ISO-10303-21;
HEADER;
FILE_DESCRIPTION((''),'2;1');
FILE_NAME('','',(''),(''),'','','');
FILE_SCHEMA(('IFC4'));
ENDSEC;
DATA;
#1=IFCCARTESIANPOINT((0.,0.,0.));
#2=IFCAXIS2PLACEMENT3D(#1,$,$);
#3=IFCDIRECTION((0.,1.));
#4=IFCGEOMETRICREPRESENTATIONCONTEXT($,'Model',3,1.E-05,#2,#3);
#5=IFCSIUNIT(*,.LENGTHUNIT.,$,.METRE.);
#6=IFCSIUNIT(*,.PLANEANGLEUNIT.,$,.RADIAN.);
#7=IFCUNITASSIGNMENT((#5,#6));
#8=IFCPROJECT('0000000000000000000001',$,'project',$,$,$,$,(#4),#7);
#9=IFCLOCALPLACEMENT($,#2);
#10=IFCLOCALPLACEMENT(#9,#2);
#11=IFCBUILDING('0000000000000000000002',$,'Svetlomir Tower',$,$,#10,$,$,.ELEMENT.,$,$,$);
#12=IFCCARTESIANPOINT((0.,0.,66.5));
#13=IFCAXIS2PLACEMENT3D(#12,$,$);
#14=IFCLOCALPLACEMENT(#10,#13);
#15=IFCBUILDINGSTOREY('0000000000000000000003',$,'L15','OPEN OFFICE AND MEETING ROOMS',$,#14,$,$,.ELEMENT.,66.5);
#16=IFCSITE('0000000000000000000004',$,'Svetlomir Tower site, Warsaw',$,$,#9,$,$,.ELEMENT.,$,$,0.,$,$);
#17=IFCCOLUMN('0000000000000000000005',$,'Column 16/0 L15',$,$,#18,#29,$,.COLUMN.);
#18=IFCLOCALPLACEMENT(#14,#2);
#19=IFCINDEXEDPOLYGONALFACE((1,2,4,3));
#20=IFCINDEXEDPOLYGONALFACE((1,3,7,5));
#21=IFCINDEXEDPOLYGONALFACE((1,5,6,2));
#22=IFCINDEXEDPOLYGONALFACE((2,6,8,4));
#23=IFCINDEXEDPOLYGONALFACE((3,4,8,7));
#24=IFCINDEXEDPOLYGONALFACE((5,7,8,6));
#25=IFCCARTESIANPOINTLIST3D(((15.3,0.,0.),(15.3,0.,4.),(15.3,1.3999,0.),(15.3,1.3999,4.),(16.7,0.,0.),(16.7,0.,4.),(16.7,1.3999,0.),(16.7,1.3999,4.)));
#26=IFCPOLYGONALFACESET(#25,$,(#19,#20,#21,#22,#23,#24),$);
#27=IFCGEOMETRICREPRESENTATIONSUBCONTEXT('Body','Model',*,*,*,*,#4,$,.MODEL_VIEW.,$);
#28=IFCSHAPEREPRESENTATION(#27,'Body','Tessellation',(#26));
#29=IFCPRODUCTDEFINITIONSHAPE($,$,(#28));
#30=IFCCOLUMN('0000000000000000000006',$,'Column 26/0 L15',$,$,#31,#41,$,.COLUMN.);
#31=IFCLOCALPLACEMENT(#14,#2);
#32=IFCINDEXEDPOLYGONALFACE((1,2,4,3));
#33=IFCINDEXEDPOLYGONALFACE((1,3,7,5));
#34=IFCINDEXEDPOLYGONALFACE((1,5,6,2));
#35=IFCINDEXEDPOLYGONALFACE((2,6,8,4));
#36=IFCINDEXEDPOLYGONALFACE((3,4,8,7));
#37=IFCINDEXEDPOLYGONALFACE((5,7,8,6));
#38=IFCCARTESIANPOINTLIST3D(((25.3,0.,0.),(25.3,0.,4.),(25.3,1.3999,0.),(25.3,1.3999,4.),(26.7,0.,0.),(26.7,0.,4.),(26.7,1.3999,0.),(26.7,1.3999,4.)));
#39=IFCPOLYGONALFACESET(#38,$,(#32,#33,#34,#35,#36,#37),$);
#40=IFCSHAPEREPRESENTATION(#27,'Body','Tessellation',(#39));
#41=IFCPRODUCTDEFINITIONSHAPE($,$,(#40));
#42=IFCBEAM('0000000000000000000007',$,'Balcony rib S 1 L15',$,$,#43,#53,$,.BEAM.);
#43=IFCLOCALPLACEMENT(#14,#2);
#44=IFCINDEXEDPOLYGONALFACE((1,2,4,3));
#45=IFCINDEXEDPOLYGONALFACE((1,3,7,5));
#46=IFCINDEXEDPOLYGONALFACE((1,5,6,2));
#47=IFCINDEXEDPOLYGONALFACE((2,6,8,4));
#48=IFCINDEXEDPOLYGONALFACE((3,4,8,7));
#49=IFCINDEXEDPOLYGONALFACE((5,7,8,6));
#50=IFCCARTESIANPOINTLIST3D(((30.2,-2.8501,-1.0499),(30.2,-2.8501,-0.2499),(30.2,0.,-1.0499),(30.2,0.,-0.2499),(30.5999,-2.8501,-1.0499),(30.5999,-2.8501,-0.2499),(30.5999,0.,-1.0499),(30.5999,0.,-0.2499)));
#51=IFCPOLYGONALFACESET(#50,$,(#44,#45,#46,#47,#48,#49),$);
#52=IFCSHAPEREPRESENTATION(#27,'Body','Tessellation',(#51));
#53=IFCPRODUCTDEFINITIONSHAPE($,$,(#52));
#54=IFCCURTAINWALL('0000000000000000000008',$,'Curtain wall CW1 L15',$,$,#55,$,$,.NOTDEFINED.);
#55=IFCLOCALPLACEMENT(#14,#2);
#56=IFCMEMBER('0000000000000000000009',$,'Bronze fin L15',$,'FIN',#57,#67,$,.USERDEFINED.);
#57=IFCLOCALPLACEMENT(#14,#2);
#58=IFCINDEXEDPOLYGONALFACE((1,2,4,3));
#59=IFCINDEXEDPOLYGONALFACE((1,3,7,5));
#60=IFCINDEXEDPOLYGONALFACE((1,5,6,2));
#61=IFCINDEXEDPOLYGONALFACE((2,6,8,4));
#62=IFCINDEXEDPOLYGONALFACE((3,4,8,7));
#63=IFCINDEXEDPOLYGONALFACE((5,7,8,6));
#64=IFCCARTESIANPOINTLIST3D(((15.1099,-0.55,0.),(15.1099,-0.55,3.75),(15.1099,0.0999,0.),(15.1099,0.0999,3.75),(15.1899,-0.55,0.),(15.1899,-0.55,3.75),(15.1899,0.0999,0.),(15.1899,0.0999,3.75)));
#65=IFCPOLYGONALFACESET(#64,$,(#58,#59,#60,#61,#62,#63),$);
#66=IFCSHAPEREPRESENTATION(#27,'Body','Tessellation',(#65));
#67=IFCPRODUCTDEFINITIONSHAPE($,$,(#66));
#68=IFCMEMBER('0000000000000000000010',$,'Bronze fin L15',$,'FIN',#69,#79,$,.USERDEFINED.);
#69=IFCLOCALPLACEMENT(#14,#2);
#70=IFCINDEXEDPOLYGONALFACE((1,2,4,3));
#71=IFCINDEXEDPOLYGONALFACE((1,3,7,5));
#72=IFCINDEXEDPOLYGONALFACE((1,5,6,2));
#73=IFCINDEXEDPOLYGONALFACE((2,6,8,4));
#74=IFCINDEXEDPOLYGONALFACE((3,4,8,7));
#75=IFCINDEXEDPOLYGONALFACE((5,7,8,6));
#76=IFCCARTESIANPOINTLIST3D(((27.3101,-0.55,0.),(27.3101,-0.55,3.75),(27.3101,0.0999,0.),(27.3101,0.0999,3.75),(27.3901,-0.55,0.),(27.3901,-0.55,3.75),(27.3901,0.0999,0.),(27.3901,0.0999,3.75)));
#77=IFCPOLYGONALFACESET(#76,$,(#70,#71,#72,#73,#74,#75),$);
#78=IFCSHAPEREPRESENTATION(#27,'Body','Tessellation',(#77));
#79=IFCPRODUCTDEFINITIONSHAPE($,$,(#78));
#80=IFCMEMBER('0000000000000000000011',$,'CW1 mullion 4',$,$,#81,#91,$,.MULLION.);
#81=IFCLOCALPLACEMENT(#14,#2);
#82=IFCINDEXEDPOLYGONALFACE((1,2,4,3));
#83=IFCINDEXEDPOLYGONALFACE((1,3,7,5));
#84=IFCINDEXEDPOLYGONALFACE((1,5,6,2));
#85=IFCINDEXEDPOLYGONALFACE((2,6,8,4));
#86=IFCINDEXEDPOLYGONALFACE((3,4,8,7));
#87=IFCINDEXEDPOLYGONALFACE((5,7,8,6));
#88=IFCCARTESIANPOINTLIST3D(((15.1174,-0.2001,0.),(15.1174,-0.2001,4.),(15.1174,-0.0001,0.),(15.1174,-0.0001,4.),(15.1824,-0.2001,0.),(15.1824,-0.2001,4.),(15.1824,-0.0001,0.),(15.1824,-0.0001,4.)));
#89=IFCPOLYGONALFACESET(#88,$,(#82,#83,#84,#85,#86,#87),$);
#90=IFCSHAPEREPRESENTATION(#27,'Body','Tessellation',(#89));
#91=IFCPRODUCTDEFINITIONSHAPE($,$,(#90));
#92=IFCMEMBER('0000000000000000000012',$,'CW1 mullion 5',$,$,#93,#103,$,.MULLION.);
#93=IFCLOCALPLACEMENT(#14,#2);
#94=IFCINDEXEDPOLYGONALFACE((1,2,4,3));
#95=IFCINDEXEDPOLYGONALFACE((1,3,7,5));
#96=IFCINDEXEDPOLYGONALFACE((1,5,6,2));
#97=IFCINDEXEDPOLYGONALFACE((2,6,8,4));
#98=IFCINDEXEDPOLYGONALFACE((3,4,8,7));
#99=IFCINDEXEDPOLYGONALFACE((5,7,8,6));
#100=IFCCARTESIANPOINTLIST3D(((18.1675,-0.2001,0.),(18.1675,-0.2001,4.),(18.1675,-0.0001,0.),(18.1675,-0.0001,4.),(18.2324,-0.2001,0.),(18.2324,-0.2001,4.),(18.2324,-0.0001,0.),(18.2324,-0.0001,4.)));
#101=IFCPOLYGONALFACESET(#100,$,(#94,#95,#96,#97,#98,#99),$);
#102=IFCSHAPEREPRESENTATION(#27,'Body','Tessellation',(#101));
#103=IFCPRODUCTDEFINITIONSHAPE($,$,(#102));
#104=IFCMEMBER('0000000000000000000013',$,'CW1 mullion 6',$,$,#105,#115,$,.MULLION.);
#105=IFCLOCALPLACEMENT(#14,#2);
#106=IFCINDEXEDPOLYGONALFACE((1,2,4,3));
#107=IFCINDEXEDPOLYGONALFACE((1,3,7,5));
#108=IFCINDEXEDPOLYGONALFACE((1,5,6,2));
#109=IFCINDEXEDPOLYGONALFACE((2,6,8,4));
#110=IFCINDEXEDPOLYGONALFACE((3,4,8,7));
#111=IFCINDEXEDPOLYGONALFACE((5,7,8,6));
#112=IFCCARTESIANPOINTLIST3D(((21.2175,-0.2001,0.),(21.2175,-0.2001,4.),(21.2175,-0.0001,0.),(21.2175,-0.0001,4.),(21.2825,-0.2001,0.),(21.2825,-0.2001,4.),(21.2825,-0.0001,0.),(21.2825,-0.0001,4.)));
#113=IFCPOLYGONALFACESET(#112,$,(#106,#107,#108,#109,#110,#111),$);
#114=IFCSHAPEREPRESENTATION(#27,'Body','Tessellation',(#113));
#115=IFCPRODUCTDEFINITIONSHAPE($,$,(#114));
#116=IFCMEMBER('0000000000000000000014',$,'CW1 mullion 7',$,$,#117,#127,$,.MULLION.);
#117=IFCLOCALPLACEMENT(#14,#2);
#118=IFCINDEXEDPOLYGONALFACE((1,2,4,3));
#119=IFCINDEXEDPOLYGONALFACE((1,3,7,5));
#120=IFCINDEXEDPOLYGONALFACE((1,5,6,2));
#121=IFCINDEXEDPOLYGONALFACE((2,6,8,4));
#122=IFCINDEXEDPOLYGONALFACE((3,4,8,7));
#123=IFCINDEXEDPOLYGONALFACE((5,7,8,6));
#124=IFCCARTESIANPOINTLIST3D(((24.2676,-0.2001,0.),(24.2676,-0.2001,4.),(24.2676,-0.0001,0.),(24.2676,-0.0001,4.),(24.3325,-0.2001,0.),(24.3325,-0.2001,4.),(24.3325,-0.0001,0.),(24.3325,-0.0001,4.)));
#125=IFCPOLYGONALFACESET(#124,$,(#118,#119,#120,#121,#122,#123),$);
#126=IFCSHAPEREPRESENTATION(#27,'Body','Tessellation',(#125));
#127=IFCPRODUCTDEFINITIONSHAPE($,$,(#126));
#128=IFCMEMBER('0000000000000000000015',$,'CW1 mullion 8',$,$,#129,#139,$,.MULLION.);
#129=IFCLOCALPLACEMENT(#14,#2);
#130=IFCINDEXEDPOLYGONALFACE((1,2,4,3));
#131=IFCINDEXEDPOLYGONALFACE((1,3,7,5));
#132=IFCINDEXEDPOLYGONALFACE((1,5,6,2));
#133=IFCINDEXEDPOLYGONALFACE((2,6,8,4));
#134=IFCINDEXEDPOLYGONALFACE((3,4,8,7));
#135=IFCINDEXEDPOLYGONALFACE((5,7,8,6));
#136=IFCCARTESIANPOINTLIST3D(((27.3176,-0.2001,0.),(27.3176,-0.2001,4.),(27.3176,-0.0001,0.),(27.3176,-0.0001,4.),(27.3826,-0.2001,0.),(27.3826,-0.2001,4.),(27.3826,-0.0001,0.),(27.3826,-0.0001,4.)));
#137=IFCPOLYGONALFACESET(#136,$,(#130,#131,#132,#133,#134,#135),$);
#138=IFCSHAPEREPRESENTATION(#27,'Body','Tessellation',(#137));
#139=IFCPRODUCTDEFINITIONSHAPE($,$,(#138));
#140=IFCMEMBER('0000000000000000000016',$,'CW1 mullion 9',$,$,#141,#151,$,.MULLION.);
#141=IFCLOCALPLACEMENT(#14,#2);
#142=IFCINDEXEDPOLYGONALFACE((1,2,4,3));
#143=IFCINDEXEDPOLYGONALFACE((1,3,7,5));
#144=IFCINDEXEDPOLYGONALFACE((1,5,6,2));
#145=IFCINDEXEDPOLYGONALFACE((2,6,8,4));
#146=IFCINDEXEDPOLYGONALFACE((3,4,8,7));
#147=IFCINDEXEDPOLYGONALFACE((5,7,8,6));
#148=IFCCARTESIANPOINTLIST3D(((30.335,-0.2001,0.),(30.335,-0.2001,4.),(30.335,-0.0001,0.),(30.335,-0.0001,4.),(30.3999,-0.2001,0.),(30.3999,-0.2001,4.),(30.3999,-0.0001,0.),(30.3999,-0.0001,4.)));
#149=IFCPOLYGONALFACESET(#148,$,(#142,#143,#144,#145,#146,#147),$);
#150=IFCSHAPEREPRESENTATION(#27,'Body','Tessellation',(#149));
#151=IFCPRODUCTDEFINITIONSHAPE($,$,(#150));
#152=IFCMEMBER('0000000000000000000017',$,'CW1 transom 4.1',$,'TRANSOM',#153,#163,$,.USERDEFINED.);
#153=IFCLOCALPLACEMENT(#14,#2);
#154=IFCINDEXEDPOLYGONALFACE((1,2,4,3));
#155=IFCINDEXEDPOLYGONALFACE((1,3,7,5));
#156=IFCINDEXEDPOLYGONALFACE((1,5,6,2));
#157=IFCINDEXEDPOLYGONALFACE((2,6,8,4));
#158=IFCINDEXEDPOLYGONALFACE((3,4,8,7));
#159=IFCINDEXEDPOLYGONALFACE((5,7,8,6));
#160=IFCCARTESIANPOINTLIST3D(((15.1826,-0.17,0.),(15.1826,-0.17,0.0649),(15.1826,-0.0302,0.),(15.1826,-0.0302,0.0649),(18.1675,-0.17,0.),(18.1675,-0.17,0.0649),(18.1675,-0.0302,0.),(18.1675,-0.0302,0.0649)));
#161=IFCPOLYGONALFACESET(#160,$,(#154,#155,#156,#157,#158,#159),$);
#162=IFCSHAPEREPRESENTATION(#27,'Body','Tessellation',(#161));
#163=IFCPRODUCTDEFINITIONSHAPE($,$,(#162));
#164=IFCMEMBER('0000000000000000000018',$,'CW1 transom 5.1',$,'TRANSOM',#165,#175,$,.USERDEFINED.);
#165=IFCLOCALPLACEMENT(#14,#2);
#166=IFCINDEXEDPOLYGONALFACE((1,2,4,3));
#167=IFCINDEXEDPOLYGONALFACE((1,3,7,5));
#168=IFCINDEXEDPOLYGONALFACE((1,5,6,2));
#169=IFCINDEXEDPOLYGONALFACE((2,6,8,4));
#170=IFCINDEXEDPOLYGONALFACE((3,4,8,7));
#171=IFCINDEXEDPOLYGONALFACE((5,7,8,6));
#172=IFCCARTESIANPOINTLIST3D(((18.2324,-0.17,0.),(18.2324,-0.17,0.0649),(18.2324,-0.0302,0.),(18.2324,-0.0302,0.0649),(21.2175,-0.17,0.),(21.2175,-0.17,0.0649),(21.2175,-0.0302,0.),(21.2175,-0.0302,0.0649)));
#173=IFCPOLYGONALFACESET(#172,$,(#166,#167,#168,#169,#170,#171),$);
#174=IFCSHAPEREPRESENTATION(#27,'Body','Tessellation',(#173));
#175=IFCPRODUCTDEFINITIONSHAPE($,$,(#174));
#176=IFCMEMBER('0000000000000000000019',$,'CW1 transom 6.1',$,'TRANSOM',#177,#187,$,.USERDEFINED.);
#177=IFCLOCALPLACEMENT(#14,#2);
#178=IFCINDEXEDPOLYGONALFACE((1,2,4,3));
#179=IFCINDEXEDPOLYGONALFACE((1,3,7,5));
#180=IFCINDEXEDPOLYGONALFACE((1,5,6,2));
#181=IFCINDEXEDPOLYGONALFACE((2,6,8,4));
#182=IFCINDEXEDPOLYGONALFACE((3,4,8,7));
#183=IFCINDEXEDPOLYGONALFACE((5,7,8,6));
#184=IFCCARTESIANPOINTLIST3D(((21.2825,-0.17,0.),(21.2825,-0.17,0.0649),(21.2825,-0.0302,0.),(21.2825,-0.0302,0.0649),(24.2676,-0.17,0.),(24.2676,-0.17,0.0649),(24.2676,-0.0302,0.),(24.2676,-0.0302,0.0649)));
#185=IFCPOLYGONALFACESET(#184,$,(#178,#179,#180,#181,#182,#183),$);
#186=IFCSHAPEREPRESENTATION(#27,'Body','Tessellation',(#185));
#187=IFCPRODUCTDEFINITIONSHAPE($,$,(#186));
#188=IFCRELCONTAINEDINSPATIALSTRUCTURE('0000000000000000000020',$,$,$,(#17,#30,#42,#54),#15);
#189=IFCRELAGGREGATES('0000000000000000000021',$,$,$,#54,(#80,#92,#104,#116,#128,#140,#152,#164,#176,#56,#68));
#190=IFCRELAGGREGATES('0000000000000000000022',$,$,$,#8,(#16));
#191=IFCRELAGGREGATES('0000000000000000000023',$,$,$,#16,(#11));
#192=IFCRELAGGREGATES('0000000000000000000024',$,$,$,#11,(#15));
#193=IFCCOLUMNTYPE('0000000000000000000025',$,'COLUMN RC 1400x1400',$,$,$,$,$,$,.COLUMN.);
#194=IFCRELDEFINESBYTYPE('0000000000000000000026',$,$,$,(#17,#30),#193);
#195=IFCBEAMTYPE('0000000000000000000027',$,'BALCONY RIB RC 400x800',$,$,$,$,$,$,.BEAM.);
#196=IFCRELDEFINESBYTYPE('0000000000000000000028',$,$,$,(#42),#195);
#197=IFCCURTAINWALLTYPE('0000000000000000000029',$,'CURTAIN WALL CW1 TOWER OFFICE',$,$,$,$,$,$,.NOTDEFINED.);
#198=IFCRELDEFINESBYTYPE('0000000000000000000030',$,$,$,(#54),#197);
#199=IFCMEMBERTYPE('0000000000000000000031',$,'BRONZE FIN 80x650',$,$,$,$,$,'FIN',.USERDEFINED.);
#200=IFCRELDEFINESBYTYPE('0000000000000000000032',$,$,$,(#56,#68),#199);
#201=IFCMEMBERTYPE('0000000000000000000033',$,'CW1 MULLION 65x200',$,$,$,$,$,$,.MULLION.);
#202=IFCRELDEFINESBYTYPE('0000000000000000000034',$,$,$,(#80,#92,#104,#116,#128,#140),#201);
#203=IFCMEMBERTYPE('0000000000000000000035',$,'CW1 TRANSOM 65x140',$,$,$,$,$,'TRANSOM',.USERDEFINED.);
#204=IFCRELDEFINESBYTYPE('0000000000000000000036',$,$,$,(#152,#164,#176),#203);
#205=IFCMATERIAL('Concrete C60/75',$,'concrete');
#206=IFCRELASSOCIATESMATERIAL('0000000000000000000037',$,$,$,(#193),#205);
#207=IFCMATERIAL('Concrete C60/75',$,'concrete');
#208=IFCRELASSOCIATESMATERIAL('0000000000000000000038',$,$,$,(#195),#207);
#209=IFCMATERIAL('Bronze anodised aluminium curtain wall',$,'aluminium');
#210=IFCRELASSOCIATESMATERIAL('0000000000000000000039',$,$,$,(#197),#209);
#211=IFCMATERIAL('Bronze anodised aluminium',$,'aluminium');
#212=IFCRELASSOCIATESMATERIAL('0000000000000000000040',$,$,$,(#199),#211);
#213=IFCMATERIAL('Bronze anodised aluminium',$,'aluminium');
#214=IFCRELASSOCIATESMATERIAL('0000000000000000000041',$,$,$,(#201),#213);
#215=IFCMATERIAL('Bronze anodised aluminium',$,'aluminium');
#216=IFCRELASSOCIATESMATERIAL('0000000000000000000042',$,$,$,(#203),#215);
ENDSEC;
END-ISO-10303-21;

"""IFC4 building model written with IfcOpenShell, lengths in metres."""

from ifc_helpers import new_model, si_unit, direction, frame, origin, origin_2d, place, context, subcontext, project, spatial, rectangle, extrude, material, material_profile, profile_set, type_object, element, aggregate, save


model = new_model("IFC4")

# Units and contexts
model_context = context("Model", 3, precision=1e-05, world=origin(), true_north=direction((0.0, 1.0)))
body_context = subcontext(model_context, "Body", "Model", "MODEL_VIEW")
ifc_project = project(units=[si_unit("LENGTHUNIT", "METRE"), si_unit("PLANEANGLEUNIT", "RADIAN")], contexts=[model_context])

# Site, building, storey
site_placement = place(None, origin())
site = spatial("IfcSite", under=ifc_project, at=site_placement, Name="Svetlomir Tower site, Warsaw", CompositionType="ELEMENT", RefElevation=0.0)
building_placement = place(site_placement, origin())
building = spatial("IfcBuilding", under=site, at=building_placement, Name="Svetlomir Tower", CompositionType="ELEMENT")
storey_placement = place(building_placement, frame((0.0, 0.0, 66.5)))
storey = spatial("IfcBuildingStorey", under=building, at=storey_placement, Name="L15", Description="OPEN OFFICE AND MEETING ROOMS", CompositionType="ELEMENT", Elevation=66.5)

# Columns
ifc_material_1 = material(Name="Concrete C60/75", Category="concrete")
ifc_material_profile_1 = material_profile(ifc_material_1, rectangle(XDim=1.3999, YDim=1.3999, at=origin_2d()), Name="RC 1400x1400")
ifc_profile_set_1 = profile_set([ifc_material_profile_1], Name="Concrete C60/75")
column_type = type_object("IfcColumnType", Name="COLUMN RC 1400x1400", PredefinedType="COLUMN", material=ifc_profile_set_1)
for number, where, z_axis, x_axis, name in (
    (1, (16.0, 0.7, 0.0), (0.0, 0.0, 1.0), (1.0, 0.0, 0.0), "Column 16/0 L15"),
    (2, (26.0, 0.7, 0.0), (0.0, 0.0, 1.0), (1.0, 0.0, 0.0), "Column 26/0 L15"),
):
    element("IfcColumn", number, at=place(storey_placement, frame(where, z_axis=z_axis, x_axis=x_axis)), inside=storey, type_object=column_type, Name=name, PredefinedType="COLUMN", context=body_context, shape_type="SweptSolid", body=[
        extrude(rectangle(XDim=1.3999, YDim=1.3999, at=origin_2d()), origin(), (0.0, 0.0, 1.0), 4.0),
    ])

# Beam
ifc_material_2 = material(Name="Concrete C60/75", Category="concrete")
ifc_material_profile_2 = material_profile(ifc_material_2, rectangle(XDim=0.3999, YDim=0.8, at=origin_2d()), Name="RC 400x800")
ifc_profile_set_2 = profile_set([ifc_material_profile_2], Name="Concrete C60/75")
beam_type_1 = type_object("IfcBeamType", Name="BALCONY RIB RC 400x800", PredefinedType="BEAM", material=ifc_profile_set_2)
beam_1_placement = place(storey_placement, frame((30.3999, 0.0, -0.6499), z_axis=(0.0, -1.0, 0.0), x_axis=(1.0, 0.0, 0.0)))
element("IfcBeam", 3, at=beam_1_placement, inside=storey, type_object=beam_type_1, Name="Balcony rib S 1 L15", PredefinedType="BEAM", context=body_context, shape_type="SweptSolid", body=[
    extrude(rectangle(XDim=0.3999, YDim=0.8, at=origin_2d()), origin(), (0.0, 0.0, 1.0), 2.8501),
])

# Curtain wall, members
ifc_material_3 = material(Name="Bronze anodised aluminium curtain wall", Category="aluminium")
curtain_wall_type = type_object("IfcCurtainWallType", Name="CURTAIN WALL CW1 TOWER OFFICE", PredefinedType="NOTDEFINED", material=ifc_material_3)
curtain_wall_placement = place(storey_placement, origin())
curtain_wall = element("IfcCurtainWall", 4, at=curtain_wall_placement, inside=storey, type_object=curtain_wall_type, Name="Curtain wall CW1 L15", PredefinedType="NOTDEFINED")
ifc_material_4 = material(Name="Bronze anodised aluminium", Category="aluminium")
ifc_material_profile_3 = material_profile(ifc_material_4, rectangle(XDim=0.0801, YDim=0.6499, at=origin_2d()), Name="FIN 80x650")
ifc_profile_set_3 = profile_set([ifc_material_profile_3], Name="Bronze anodised aluminium 6063-T6")
member_type_1 = type_object("IfcMemberType", Name="BRONZE FIN 80x650", ElementType="FIN", PredefinedType="USERDEFINED", material=ifc_profile_set_3)
member_1_placement = place(storey_placement, frame((15.1499, -0.2251, 0.0), z_axis=(0.0, 0.0, 1.0), x_axis=(1.0, 0.0, 0.0)))
member_1 = element("IfcMember", 5, at=member_1_placement, type_object=member_type_1, Name="Bronze fin L15", ObjectType="FIN", PredefinedType="USERDEFINED", context=body_context, shape_type="SweptSolid", body=[
    extrude(rectangle(XDim=0.0801, YDim=0.6499, at=origin_2d()), origin(), (0.0, 0.0, 1.0), 3.75),
])
member_2_placement = place(storey_placement, frame((27.3501, -0.2251, 0.0), z_axis=(0.0, 0.0, 1.0), x_axis=(1.0, 0.0, 0.0)))
member_2 = element("IfcMember", 6, at=member_2_placement, type_object=member_type_1, Name="Bronze fin L15", ObjectType="FIN", PredefinedType="USERDEFINED", context=body_context, shape_type="SweptSolid", body=[
    extrude(rectangle(XDim=0.0801, YDim=0.6499, at=origin_2d()), origin(), (0.0, 0.0, 1.0), 3.75),
])
ifc_material_5 = material(Name="Bronze anodised aluminium", Category="aluminium")
ifc_material_profile_4 = material_profile(ifc_material_5, rectangle(XDim=0.0649, YDim=0.2, at=origin_2d()), Name="AL 65x200")
ifc_profile_set_4 = profile_set([ifc_material_profile_4], Name="Bronze anodised aluminium 6063-T6")
member_type_2 = type_object("IfcMemberType", Name="CW1 MULLION 65x200", PredefinedType="MULLION", material=ifc_profile_set_4)
member_3_placement = place(storey_placement, frame((15.1499, -0.1001, 0.0), z_axis=(0.0, 0.0, 1.0), x_axis=(1.0, 0.0, 0.0)))
member_3 = element("IfcMember", 7, at=member_3_placement, type_object=member_type_2, Name="CW1 mullion 4", PredefinedType="MULLION", context=body_context, shape_type="SweptSolid", body=[
    extrude(rectangle(XDim=0.0649, YDim=0.2, at=origin_2d()), origin(), (0.0, 0.0, 1.0), 4.0),
])
member_4_placement = place(storey_placement, frame((18.2, -0.1001, 0.0), z_axis=(0.0, 0.0, 1.0), x_axis=(1.0, 0.0, 0.0)))
member_4 = element("IfcMember", 8, at=member_4_placement, type_object=member_type_2, Name="CW1 mullion 5", PredefinedType="MULLION", context=body_context, shape_type="SweptSolid", body=[
    extrude(rectangle(XDim=0.0649, YDim=0.2, at=origin_2d()), origin(), (0.0, 0.0, 1.0), 4.0),
])
member_5_placement = place(storey_placement, frame((21.25, -0.1001, 0.0), z_axis=(0.0, 0.0, 1.0), x_axis=(1.0, 0.0, 0.0)))
member_5 = element("IfcMember", 9, at=member_5_placement, type_object=member_type_2, Name="CW1 mullion 6", PredefinedType="MULLION", context=body_context, shape_type="SweptSolid", body=[
    extrude(rectangle(XDim=0.0649, YDim=0.2, at=origin_2d()), origin(), (0.0, 0.0, 1.0), 4.0),
])
member_6_placement = place(storey_placement, frame((24.3, -0.1001, 0.0), z_axis=(0.0, 0.0, 1.0), x_axis=(1.0, 0.0, 0.0)))
member_6 = element("IfcMember", 10, at=member_6_placement, type_object=member_type_2, Name="CW1 mullion 7", PredefinedType="MULLION", context=body_context, shape_type="SweptSolid", body=[
    extrude(rectangle(XDim=0.0649, YDim=0.2, at=origin_2d()), origin(), (0.0, 0.0, 1.0), 4.0),
])
member_7_placement = place(storey_placement, frame((27.3501, -0.1001, 0.0), z_axis=(0.0, 0.0, 1.0), x_axis=(1.0, 0.0, 0.0)))
member_7 = element("IfcMember", 11, at=member_7_placement, type_object=member_type_2, Name="CW1 mullion 8", PredefinedType="MULLION", context=body_context, shape_type="SweptSolid", body=[
    extrude(rectangle(XDim=0.0649, YDim=0.2, at=origin_2d()), origin(), (0.0, 0.0, 1.0), 4.0),
])
member_8_placement = place(storey_placement, frame((30.3674, -0.1001, 0.0), z_axis=(0.0, 0.0, 1.0), x_axis=(1.0, 0.0, 0.0)))
member_8 = element("IfcMember", 12, at=member_8_placement, type_object=member_type_2, Name="CW1 mullion 9", PredefinedType="MULLION", context=body_context, shape_type="SweptSolid", body=[
    extrude(rectangle(XDim=0.0649, YDim=0.2, at=origin_2d()), origin(), (0.0, 0.0, 1.0), 4.0),
])
ifc_material_6 = material(Name="Bronze anodised aluminium", Category="aluminium")
ifc_material_profile_5 = material_profile(ifc_material_6, rectangle(XDim=0.1399, YDim=0.0649, at=origin_2d()), Name="AL 140x65")
ifc_profile_set_5 = profile_set([ifc_material_profile_5], Name="Bronze anodised aluminium 6063-T6")
member_type_3 = type_object("IfcMemberType", Name="CW1 TRANSOM 65x140", ElementType="TRANSOM", PredefinedType="USERDEFINED", material=ifc_profile_set_5)
member_9_placement = place(storey_placement, frame((15.1826, -0.1001, 0.0325), z_axis=(1.0, 0.0, 0.0), x_axis=(0.0, 1.0, 0.0)))
member_9 = element("IfcMember", 13, at=member_9_placement, type_object=member_type_3, Name="CW1 transom 4.1", ObjectType="TRANSOM", PredefinedType="USERDEFINED", context=body_context, shape_type="SweptSolid", body=[
    extrude(rectangle(XDim=0.1399, YDim=0.0649, at=origin_2d()), origin(), (0.0, 0.0, 1.0), 2.9849),
])
member_10_placement = place(storey_placement, frame((18.2324, -0.1001, 0.0325), z_axis=(1.0, 0.0, 0.0), x_axis=(0.0, 1.0, 0.0)))
member_10 = element("IfcMember", 14, at=member_10_placement, type_object=member_type_3, Name="CW1 transom 5.1", ObjectType="TRANSOM", PredefinedType="USERDEFINED", context=body_context, shape_type="SweptSolid", body=[
    extrude(rectangle(XDim=0.1399, YDim=0.0649, at=origin_2d()), origin(), (0.0, 0.0, 1.0), 2.9851),
])
member_11_placement = place(storey_placement, frame((21.2825, -0.1001, 0.0325), z_axis=(1.0, 0.0, 0.0), x_axis=(0.0, 1.0, 0.0)))
member_11 = element("IfcMember", 15, at=member_11_placement, type_object=member_type_3, Name="CW1 transom 6.1", ObjectType="TRANSOM", PredefinedType="USERDEFINED", context=body_context, shape_type="SweptSolid", body=[
    extrude(rectangle(XDim=0.1399, YDim=0.0649, at=origin_2d()), origin(), (0.0, 0.0, 1.0), 2.9851),
])

aggregate(curtain_wall, [member_3, member_4, member_5, member_6, member_7, member_8, member_9, member_10, member_11, member_1, member_2])

save(model, "model.ifc")
